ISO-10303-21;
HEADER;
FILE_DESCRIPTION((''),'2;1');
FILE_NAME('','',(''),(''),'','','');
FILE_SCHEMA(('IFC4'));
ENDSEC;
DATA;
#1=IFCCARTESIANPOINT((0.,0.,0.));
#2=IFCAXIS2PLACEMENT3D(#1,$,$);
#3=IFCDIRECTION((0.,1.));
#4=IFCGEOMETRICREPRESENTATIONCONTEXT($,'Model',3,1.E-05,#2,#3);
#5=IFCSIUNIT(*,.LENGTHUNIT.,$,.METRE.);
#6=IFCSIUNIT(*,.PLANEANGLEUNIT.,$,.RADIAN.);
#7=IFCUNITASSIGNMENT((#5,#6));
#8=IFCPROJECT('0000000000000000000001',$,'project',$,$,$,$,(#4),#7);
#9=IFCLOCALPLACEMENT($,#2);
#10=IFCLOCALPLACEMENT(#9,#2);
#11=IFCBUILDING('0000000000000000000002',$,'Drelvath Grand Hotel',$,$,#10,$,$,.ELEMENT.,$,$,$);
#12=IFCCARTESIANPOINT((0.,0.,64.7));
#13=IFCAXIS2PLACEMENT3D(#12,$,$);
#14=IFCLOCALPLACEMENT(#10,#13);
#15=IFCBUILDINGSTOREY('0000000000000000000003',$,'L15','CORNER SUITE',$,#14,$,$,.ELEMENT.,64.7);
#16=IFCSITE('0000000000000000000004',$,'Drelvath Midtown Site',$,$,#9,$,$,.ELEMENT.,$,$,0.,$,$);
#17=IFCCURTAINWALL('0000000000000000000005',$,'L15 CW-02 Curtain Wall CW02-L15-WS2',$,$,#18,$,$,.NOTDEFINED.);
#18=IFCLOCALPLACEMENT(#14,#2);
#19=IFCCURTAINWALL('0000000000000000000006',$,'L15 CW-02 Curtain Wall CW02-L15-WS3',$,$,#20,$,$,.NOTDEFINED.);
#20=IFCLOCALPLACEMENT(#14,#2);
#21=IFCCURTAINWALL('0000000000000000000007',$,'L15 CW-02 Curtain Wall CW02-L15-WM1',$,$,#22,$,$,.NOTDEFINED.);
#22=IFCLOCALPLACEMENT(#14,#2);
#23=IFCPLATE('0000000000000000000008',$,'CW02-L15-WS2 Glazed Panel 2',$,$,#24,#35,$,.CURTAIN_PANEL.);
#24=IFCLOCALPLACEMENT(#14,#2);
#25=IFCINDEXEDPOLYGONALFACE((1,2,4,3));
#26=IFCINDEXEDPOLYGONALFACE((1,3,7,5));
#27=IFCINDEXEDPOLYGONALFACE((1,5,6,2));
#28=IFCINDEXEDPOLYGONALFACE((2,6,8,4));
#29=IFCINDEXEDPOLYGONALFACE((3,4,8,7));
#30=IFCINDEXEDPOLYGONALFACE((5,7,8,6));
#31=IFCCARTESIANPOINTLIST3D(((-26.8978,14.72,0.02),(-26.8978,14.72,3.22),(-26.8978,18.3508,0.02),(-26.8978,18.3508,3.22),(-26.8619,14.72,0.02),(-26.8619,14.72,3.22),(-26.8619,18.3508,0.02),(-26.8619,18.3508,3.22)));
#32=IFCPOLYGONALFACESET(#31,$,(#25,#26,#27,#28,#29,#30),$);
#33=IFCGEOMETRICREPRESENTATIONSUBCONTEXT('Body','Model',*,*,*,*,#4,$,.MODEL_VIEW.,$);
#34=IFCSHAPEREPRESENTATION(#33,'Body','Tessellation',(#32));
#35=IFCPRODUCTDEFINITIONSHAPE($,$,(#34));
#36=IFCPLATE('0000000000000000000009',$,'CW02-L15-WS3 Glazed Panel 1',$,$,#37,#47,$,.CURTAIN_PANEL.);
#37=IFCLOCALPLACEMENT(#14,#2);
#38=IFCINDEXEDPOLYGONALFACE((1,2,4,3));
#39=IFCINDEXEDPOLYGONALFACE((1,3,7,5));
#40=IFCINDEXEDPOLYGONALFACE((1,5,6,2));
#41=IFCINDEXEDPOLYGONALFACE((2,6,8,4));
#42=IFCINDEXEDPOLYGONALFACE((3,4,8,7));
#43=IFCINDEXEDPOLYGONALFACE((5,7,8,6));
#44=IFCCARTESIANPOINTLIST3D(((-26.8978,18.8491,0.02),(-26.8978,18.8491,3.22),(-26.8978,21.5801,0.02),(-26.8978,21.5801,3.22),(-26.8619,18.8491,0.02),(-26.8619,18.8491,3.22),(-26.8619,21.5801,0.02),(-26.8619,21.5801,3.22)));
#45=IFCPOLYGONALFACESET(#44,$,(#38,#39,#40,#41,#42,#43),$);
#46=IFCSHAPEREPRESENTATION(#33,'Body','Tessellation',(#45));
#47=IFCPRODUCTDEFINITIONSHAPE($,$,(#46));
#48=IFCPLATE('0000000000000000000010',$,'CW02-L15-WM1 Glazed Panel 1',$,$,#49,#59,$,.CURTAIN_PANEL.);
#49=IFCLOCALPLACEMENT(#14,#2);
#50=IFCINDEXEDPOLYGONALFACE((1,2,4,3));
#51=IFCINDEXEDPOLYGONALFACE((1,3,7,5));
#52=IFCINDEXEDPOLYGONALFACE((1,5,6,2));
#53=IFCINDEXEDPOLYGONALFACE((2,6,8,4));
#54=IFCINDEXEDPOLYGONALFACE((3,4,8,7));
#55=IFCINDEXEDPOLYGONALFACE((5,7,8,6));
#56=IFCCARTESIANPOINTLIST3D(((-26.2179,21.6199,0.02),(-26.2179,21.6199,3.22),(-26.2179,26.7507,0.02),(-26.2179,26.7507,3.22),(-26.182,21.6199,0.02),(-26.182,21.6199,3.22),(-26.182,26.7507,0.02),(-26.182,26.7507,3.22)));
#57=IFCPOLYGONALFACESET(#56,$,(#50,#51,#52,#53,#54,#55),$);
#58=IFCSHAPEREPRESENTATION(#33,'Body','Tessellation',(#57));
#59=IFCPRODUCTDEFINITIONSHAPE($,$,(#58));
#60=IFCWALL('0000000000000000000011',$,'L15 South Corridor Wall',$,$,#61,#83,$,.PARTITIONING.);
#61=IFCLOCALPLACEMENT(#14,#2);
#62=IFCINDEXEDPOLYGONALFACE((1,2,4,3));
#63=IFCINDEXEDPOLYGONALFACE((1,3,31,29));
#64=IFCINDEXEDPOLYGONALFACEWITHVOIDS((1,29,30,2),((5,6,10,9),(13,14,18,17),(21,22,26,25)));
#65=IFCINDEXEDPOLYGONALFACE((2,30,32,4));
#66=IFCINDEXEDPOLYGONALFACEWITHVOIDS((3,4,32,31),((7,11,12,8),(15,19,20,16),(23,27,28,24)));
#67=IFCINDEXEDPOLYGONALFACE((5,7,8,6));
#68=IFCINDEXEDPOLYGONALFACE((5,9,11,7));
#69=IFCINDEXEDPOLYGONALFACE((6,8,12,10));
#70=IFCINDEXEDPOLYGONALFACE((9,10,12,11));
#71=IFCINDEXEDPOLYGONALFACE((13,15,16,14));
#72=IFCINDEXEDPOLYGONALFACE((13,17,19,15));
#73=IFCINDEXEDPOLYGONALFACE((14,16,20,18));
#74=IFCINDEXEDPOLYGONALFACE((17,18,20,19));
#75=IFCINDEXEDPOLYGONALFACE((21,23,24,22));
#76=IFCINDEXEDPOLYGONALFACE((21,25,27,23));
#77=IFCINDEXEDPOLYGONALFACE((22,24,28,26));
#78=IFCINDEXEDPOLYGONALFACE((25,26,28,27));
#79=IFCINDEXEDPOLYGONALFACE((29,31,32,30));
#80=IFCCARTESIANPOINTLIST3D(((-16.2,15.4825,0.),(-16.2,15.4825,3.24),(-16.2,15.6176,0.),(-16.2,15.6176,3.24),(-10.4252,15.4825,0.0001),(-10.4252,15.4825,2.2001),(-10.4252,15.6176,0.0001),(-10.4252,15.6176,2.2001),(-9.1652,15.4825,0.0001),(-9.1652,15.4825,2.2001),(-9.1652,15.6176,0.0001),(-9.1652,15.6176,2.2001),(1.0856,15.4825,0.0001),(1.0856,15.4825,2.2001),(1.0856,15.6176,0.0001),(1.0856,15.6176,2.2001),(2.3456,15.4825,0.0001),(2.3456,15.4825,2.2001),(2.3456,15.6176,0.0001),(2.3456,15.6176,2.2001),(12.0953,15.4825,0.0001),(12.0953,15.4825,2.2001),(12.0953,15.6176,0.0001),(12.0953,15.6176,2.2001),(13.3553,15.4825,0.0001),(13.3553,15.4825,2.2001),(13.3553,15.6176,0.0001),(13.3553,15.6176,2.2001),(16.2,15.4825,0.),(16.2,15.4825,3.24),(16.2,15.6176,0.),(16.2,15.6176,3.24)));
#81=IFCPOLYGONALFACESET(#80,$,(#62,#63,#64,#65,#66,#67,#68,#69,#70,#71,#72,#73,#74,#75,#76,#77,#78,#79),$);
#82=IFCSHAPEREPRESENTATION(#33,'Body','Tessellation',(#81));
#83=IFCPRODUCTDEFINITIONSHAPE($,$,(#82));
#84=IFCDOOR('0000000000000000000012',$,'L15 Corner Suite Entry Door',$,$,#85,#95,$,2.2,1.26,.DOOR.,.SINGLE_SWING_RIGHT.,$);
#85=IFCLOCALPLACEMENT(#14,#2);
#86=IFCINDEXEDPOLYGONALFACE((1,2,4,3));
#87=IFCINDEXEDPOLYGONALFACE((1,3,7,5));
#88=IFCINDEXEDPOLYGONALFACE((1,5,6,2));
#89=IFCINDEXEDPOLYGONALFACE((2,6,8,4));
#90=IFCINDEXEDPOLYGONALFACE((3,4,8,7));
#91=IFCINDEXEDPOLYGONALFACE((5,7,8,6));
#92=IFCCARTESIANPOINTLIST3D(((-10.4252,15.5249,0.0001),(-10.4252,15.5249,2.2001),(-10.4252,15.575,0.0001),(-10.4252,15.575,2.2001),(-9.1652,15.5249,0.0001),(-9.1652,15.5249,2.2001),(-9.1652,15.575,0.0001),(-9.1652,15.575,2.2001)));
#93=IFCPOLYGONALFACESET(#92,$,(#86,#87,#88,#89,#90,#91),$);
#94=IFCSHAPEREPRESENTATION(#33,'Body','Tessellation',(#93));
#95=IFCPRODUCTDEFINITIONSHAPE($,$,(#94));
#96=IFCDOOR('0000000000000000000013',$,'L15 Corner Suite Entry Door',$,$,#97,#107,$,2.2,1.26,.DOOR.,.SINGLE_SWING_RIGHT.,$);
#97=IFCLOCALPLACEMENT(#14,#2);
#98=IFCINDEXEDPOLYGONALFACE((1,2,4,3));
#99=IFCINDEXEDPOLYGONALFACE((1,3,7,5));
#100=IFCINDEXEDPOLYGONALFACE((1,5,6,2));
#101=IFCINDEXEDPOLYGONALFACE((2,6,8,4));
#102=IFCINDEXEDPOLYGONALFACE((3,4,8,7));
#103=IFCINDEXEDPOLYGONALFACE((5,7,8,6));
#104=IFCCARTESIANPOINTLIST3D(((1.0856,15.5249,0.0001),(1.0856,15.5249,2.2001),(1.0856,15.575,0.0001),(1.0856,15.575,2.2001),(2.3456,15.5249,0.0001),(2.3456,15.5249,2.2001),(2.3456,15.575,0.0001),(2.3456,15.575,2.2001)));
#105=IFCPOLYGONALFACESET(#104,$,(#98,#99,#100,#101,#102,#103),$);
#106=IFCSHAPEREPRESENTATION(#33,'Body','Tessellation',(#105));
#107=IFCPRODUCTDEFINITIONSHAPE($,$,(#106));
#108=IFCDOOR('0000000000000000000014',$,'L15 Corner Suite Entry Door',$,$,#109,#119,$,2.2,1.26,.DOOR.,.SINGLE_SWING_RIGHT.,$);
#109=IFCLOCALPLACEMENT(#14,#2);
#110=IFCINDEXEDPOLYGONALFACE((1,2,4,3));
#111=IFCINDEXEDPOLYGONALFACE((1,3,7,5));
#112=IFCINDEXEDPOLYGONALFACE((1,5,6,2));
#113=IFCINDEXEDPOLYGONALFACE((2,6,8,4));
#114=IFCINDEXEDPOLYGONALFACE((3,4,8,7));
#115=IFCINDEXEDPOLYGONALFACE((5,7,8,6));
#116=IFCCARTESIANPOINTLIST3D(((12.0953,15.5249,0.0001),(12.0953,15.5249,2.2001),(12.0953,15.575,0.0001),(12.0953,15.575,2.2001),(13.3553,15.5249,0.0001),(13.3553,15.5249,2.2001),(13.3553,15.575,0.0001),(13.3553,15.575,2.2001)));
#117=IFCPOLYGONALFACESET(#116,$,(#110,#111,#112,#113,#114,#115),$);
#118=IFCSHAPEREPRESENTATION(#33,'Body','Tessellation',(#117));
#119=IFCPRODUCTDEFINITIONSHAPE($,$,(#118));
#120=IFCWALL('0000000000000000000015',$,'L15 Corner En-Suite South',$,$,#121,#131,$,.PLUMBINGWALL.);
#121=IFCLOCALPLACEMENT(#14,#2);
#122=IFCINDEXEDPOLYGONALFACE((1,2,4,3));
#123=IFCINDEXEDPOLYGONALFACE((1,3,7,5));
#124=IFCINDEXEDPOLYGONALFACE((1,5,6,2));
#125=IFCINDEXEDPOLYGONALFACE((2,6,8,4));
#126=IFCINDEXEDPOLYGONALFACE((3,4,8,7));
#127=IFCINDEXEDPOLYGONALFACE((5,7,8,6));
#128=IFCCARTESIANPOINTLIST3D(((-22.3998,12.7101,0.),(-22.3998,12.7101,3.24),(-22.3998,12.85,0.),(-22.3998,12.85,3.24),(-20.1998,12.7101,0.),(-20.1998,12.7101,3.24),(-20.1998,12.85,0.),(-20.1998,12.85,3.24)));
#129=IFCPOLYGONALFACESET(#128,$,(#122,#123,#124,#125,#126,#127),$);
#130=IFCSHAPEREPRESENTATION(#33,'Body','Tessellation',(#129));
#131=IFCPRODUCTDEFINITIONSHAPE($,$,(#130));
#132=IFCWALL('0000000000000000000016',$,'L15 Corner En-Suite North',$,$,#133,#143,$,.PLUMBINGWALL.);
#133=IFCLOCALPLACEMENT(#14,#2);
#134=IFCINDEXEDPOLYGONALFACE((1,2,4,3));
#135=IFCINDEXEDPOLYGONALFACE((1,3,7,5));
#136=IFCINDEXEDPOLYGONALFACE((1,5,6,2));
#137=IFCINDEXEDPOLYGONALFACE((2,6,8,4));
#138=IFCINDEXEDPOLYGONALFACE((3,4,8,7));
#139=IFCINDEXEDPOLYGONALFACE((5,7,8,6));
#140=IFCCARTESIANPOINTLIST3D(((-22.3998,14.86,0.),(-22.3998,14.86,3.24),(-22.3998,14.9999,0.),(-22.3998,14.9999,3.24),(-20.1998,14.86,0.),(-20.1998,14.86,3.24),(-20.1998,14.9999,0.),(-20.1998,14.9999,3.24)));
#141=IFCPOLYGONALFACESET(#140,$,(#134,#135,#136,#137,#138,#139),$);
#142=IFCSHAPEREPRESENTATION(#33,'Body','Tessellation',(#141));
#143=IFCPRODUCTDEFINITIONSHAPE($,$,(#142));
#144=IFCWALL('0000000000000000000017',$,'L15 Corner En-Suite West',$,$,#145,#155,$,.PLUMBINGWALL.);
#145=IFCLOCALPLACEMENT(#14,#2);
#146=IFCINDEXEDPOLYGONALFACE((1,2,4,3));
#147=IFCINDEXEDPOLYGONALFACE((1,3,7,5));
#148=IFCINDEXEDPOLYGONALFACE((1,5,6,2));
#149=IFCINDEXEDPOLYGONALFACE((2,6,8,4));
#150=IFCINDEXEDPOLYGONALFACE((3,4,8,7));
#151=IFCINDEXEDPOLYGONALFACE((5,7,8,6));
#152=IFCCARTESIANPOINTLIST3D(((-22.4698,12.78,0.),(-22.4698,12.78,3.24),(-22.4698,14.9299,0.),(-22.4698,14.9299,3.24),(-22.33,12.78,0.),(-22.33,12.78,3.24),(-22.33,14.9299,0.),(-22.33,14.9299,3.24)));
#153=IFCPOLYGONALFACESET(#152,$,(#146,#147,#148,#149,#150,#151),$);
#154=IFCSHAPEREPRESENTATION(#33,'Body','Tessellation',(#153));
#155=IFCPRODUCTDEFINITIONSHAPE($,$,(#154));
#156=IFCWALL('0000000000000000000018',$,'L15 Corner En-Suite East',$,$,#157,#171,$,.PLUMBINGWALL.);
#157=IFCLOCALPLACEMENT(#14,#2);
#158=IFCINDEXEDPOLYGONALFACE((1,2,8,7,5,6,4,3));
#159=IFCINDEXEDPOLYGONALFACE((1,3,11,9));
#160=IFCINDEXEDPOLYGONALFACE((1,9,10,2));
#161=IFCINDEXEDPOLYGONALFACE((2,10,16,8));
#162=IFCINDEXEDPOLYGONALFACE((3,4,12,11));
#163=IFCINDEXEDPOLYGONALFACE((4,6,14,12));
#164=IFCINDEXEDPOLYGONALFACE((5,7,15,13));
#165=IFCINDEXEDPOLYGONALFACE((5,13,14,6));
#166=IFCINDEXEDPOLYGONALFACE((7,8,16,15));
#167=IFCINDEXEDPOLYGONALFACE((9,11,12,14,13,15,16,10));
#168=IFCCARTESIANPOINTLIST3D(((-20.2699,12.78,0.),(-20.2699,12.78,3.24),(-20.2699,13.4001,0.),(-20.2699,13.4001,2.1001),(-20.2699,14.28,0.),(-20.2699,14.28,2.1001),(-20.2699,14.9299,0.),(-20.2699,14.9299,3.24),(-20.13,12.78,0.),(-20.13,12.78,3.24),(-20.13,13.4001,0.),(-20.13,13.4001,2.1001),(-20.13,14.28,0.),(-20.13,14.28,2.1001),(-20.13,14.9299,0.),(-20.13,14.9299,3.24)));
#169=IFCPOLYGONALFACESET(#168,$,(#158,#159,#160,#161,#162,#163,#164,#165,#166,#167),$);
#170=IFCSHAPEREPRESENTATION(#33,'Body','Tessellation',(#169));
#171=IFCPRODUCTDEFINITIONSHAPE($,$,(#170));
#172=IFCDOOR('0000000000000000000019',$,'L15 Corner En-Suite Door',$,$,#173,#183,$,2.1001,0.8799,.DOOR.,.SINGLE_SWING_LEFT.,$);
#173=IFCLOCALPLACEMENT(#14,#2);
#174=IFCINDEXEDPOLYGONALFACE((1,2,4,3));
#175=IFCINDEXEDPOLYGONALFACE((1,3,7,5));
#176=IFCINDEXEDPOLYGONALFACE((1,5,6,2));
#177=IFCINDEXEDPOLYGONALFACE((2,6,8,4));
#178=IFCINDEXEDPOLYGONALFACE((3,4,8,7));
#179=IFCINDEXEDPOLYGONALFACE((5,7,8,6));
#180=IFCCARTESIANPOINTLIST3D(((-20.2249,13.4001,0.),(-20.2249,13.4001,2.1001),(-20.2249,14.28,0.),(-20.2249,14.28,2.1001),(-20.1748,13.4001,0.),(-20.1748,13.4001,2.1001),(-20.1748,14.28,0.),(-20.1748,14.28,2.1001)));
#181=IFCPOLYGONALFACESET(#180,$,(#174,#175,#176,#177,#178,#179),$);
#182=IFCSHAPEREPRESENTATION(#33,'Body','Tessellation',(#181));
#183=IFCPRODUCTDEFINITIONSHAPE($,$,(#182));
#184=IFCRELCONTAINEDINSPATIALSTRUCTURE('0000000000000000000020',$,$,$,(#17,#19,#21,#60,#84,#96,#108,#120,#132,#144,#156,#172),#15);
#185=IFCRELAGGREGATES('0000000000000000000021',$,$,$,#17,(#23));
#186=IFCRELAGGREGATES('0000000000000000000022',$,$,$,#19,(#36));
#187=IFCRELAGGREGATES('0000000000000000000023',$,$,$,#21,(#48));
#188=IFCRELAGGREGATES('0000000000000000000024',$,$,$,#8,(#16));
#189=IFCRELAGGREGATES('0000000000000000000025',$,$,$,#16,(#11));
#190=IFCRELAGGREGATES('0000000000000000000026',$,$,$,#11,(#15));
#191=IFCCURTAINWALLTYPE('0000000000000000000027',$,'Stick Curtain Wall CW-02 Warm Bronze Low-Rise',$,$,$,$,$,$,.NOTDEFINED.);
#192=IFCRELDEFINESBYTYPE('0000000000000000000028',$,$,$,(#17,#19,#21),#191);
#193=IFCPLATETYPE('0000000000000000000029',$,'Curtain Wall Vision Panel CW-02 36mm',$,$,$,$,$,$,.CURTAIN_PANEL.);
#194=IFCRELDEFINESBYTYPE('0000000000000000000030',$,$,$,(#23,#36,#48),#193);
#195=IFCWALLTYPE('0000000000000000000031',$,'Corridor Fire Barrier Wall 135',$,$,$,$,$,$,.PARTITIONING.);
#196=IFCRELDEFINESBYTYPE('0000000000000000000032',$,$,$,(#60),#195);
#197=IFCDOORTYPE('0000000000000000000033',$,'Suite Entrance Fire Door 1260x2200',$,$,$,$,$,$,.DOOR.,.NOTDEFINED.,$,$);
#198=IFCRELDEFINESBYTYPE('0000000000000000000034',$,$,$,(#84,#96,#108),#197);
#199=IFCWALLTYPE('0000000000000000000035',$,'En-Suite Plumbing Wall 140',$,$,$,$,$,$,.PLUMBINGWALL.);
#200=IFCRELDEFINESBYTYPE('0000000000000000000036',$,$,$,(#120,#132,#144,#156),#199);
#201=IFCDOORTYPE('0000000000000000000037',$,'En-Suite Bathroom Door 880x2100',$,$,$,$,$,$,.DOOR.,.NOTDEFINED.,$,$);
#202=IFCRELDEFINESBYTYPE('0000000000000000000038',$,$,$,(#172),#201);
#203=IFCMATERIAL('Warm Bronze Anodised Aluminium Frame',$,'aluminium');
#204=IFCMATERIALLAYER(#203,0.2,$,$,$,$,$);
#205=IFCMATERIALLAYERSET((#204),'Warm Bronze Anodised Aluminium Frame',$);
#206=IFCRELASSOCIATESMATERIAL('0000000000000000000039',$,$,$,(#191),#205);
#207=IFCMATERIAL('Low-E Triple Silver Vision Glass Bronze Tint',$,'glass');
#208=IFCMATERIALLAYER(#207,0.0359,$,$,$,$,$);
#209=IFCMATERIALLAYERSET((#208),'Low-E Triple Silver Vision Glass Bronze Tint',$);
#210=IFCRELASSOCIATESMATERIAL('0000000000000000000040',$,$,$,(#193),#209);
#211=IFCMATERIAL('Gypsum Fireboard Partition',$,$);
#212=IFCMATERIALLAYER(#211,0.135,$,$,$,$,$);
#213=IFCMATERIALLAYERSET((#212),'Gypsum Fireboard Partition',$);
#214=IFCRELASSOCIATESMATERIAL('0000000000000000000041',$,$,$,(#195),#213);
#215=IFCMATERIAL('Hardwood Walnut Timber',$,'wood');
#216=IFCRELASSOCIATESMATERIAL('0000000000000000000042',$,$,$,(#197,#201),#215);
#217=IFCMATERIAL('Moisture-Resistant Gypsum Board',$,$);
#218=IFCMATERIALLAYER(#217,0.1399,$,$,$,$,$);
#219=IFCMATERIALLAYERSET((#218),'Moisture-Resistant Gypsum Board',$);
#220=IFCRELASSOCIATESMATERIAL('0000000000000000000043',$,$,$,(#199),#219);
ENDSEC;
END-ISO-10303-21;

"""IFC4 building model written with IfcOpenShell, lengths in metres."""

from ifc_helpers import new_model, si_unit, direction, frame, frame_2d, origin, origin_2d, place, context, subcontext, project, spatial, rectangle, extrude, material, layer, layer_set, type_object, element, fill, aggregate, save


model = new_model("IFC4")

# Units and contexts
model_context = context("Model", 3, precision=1e-05, world=origin(), true_north=direction((0.0, 1.0)))
body_context = subcontext(model_context, "Body", "Model", "MODEL_VIEW")
ifc_project = project(units=[si_unit("LENGTHUNIT", "METRE"), si_unit("PLANEANGLEUNIT", "RADIAN")], contexts=[model_context])

# Site, building, storey
site_placement = place(None, origin())
site = spatial("IfcSite", under=ifc_project, at=site_placement, Name="Drelvath Midtown Site", CompositionType="ELEMENT", RefElevation=0.0)
building_placement = place(site_placement, origin())
building = spatial("IfcBuilding", under=site, at=building_placement, Name="Drelvath Grand Hotel", CompositionType="ELEMENT")
storey_placement = place(building_placement, frame((0.0, 0.0, 64.7)))
storey = spatial("IfcBuildingStorey", under=building, at=storey_placement, Name="L15", Description="CORNER SUITE", CompositionType="ELEMENT", Elevation=64.7)

# Curtain walls
ifc_material_1 = material(Name="Warm Bronze Anodised Aluminium Frame", Category="aluminium")
ifc_layer_1 = layer(ifc_material_1, 0.2)
ifc_layer_set_1 = layer_set([ifc_layer_1], Name="Warm Bronze Anodised Aluminium Frame")
curtain_wall_type = type_object("IfcCurtainWallType", Name="Stick Curtain Wall CW-02 Warm Bronze Low-Rise", PredefinedType="NOTDEFINED", material=ifc_layer_set_1)
curtain_wall_1_placement = place(storey_placement, origin())
curtain_wall_1 = element("IfcCurtainWall", 1, at=curtain_wall_1_placement, inside=storey, type_object=curtain_wall_type, Name="L15 CW-02 Curtain Wall CW02-L15-WS2", PredefinedType="NOTDEFINED")
curtain_wall_2_placement = place(storey_placement, origin())
curtain_wall_2 = element("IfcCurtainWall", 2, at=curtain_wall_2_placement, inside=storey, type_object=curtain_wall_type, Name="L15 CW-02 Curtain Wall CW02-L15-WS3", PredefinedType="NOTDEFINED")
curtain_wall_3_placement = place(storey_placement, origin())
curtain_wall_3 = element("IfcCurtainWall", 3, at=curtain_wall_3_placement, inside=storey, type_object=curtain_wall_type, Name="L15 CW-02 Curtain Wall CW02-L15-WM1", PredefinedType="NOTDEFINED")

# Plates
ifc_material_2 = material(Name="Low-E Triple Silver Vision Glass Bronze Tint", Category="glass")
ifc_layer_2 = layer(ifc_material_2, 0.0359)
ifc_layer_set_2 = layer_set([ifc_layer_2], Name="Low-E Triple Silver Vision Glass Bronze Tint")
plate_type = type_object("IfcPlateType", Name="Curtain Wall Vision Panel CW-02 36mm", PredefinedType="CURTAIN_PANEL", material=ifc_layer_set_2)
plate_1_placement = place(storey_placement, frame((-26.8799, 16.5354, 0.02), z_axis=(0.0, 0.0, 1.0), x_axis=(0.0, 1.0, 0.0)))
plate_1 = element("IfcPlate", 4, at=plate_1_placement, type_object=plate_type, Name="CW02-L15-WS2 Glazed Panel 2", PredefinedType="CURTAIN_PANEL", context=body_context, shape_type="SweptSolid", body=[
    extrude(rectangle(XDim=3.6309, YDim=0.0359, at=origin_2d()), origin(), (0.0, 0.0, 1.0), 3.2),
])
aggregate(curtain_wall_1, [plate_1])
plate_2_placement = place(storey_placement, frame((-26.8799, 20.2146, 0.02), z_axis=(0.0, 0.0, 1.0), x_axis=(0.0, 1.0, 0.0)))
plate_2 = element("IfcPlate", 5, at=plate_2_placement, type_object=plate_type, Name="CW02-L15-WS3 Glazed Panel 1", PredefinedType="CURTAIN_PANEL", context=body_context, shape_type="SweptSolid", body=[
    extrude(rectangle(XDim=2.731, YDim=0.0359, at=origin_2d()), origin(), (0.0, 0.0, 1.0), 3.2),
])
aggregate(curtain_wall_2, [plate_2])
plate_3_placement = place(storey_placement, frame((-26.2, 24.1853, 0.02), z_axis=(0.0, 0.0, 1.0), x_axis=(0.0, 1.0, 0.0)))
plate_3 = element("IfcPlate", 6, at=plate_3_placement, type_object=plate_type, Name="CW02-L15-WM1 Glazed Panel 1", PredefinedType="CURTAIN_PANEL", context=body_context, shape_type="SweptSolid", body=[
    extrude(rectangle(XDim=5.1309, YDim=0.0359, at=origin_2d()), origin(), (0.0, 0.0, 1.0), 3.2),
])
aggregate(curtain_wall_3, [plate_3])

# Wall, openings, doors
ifc_material_3 = material(Name="Gypsum Fireboard Partition")
ifc_layer_3 = layer(ifc_material_3, 0.135)
ifc_layer_set_3 = layer_set([ifc_layer_3], Name="Gypsum Fireboard Partition")
wall_type_1 = type_object("IfcWallType", Name="Corridor Fire Barrier Wall 135", PredefinedType="PARTITIONING", material=ifc_layer_set_3)
wall_1_placement = place(storey_placement, frame((-16.2, 15.55, 0.0), z_axis=(0.0, 0.0, 1.0), x_axis=(1.0, 0.0, 0.0)))
wall_1 = element("IfcWall", 7, at=wall_1_placement, inside=storey, type_object=wall_type_1, Name="L15 South Corridor Wall", PredefinedType="PARTITIONING", context=body_context, shape_type="SweptSolid", body=[
    extrude(rectangle(XDim=32.3999, YDim=0.135, at=frame_2d((16.2, 0.0))), origin(), (0.0, 0.0, 1.0), 3.24),
])
opening_1_placement = place(wall_1_placement, frame((5.7749, 0.0, 0.0)))
opening_1 = element("IfcOpeningElement", 8, at=opening_1_placement, cuts=wall_1, PredefinedType="OPENING", context=body_context, shape_type="SweptSolid", body=[
    extrude(rectangle(XDim=1.26, YDim=2.2, at=frame_2d((0.6299, 1.1001))), frame((0.0, 0.0774, 0.0), z_axis=(0.0, -1.0, 0.0), x_axis=(1.0, 0.0, 0.0)), (0.0, 0.0, 1.0), 0.155),
])
opening_2_placement = place(wall_1_placement, frame((17.2856, 0.0, 0.0)))
opening_2 = element("IfcOpeningElement", 9, at=opening_2_placement, cuts=wall_1, PredefinedType="OPENING", context=body_context, shape_type="SweptSolid", body=[
    extrude(rectangle(XDim=1.26, YDim=2.2, at=frame_2d((0.6299, 1.1001))), frame((0.0, 0.0774, 0.0), z_axis=(0.0, -1.0, 0.0), x_axis=(1.0, 0.0, 0.0)), (0.0, 0.0, 1.0), 0.155),
])
opening_3_placement = place(wall_1_placement, frame((28.2954, 0.0, 0.0)))
opening_3 = element("IfcOpeningElement", 10, at=opening_3_placement, cuts=wall_1, PredefinedType="OPENING", context=body_context, shape_type="SweptSolid", body=[
    extrude(rectangle(XDim=1.26, YDim=2.2, at=frame_2d((0.6299, 1.1001))), frame((0.0, 0.0774, 0.0), z_axis=(0.0, -1.0, 0.0), x_axis=(1.0, 0.0, 0.0)), (0.0, 0.0, 1.0), 0.155),
])
ifc_material_4 = material(Name="Hardwood Walnut Timber", Category="wood")
door_type_1 = type_object("IfcDoorType", Name="Suite Entrance Fire Door 1260x2200", OperationType="NOTDEFINED", PredefinedType="DOOR", material=ifc_material_4)
door_1_placement = place(opening_1_placement, origin())
door_1 = element("IfcDoor", 11, at=door_1_placement, inside=storey, type_object=door_type_1, Name="L15 Corner Suite Entry Door", OperationType="SINGLE_SWING_RIGHT", OverallHeight=2.2, OverallWidth=1.26, PredefinedType="DOOR", context=body_context, shape_type="SweptSolid", body=[
    extrude(rectangle(XDim=1.26, YDim=2.2, at=frame_2d((0.6299, 1.1001))), frame((0.0, 0.0249, 0.0), z_axis=(0.0, -1.0, 0.0), x_axis=(1.0, 0.0, 0.0)), (0.0, 0.0, 1.0), 0.05),
])
fill(opening_1, door_1)
door_2_placement = place(opening_2_placement, origin())
door_2 = element("IfcDoor", 12, at=door_2_placement, inside=storey, type_object=door_type_1, Name="L15 Corner Suite Entry Door", OperationType="SINGLE_SWING_RIGHT", OverallHeight=2.2, OverallWidth=1.26, PredefinedType="DOOR", context=body_context, shape_type="SweptSolid", body=[
    extrude(rectangle(XDim=1.26, YDim=2.2, at=frame_2d((0.6299, 1.1001))), frame((0.0, 0.0249, 0.0), z_axis=(0.0, -1.0, 0.0), x_axis=(1.0, 0.0, 0.0)), (0.0, 0.0, 1.0), 0.05),
])
fill(opening_2, door_2)
door_3_placement = place(opening_3_placement, origin())
door_3 = element("IfcDoor", 13, at=door_3_placement, inside=storey, type_object=door_type_1, Name="L15 Corner Suite Entry Door", OperationType="SINGLE_SWING_RIGHT", OverallHeight=2.2, OverallWidth=1.26, PredefinedType="DOOR", context=body_context, shape_type="SweptSolid", body=[
    extrude(rectangle(XDim=1.26, YDim=2.2, at=frame_2d((0.6299, 1.1001))), frame((0.0, 0.0249, 0.0), z_axis=(0.0, -1.0, 0.0), x_axis=(1.0, 0.0, 0.0)), (0.0, 0.0, 1.0), 0.05),
])
fill(opening_3, door_3)

# Walls
ifc_material_5 = material(Name="Moisture-Resistant Gypsum Board")
ifc_layer_4 = layer(ifc_material_5, 0.1399)
ifc_layer_set_4 = layer_set([ifc_layer_4], Name="Moisture-Resistant Gypsum Board")
wall_type_2 = type_object("IfcWallType", Name="En-Suite Plumbing Wall 140", PredefinedType="PLUMBINGWALL", material=ifc_layer_set_4)
for number, where, z_axis, x_axis, name in (
    (14, (-22.3999, 12.78, 0.0), (0.0, 0.0, 1.0), (1.0, 0.0, 0.0), "L15 Corner En-Suite South"),
    (15, (-22.3999, 14.9299, 0.0), (0.0, 0.0, 1.0), (1.0, 0.0, 0.0), "L15 Corner En-Suite North"),
):
    element("IfcWall", number, at=place(storey_placement, frame(where, z_axis=z_axis, x_axis=x_axis)), inside=storey, type_object=wall_type_2, Name=name, PredefinedType="PLUMBINGWALL", context=body_context, shape_type="SweptSolid", body=[
        extrude(rectangle(XDim=2.2, YDim=0.1399, at=frame_2d((1.1001, 0.0))), origin(), (0.0, 0.0, 1.0), 3.24),
    ])
wall_2_placement = place(storey_placement, frame((-22.3999, 12.78, 0.0), z_axis=(0.0, 0.0, 1.0), x_axis=(0.0, 1.0, 0.0)))
element("IfcWall", 16, at=wall_2_placement, inside=storey, type_object=wall_type_2, Name="L15 Corner En-Suite West", PredefinedType="PLUMBINGWALL", context=body_context, shape_type="SweptSolid", body=[
    extrude(rectangle(XDim=2.1499, YDim=0.1399, at=frame_2d((1.075, 0.0))), origin(), (0.0, 0.0, 1.0), 3.24),
])

# Wall, opening, door
wall_3_placement = place(storey_placement, frame((-20.2, 12.78, 0.0), z_axis=(0.0, 0.0, 1.0), x_axis=(0.0, 1.0, 0.0)))
wall_3 = element("IfcWall", 17, at=wall_3_placement, inside=storey, type_object=wall_type_2, Name="L15 Corner En-Suite East", PredefinedType="PLUMBINGWALL", context=body_context, shape_type="SweptSolid", body=[
    extrude(rectangle(XDim=2.1499, YDim=0.1399, at=frame_2d((1.075, 0.0))), origin(), (0.0, 0.0, 1.0), 3.24),
])
opening_4_placement = place(wall_3_placement, frame((0.6201, 0.0, 0.0)))
opening_4 = element("IfcOpeningElement", 18, at=opening_4_placement, cuts=wall_3, PredefinedType="OPENING", context=body_context, shape_type="SweptSolid", body=[
    extrude(rectangle(XDim=0.8799, YDim=2.1001, at=frame_2d((0.4399, 1.05))), frame((0.0, 0.0798, 0.0), z_axis=(0.0, -1.0, 0.0), x_axis=(1.0, 0.0, 0.0)), (0.0, 0.0, 1.0), 0.1599),
])
door_type_2 = type_object("IfcDoorType", Name="En-Suite Bathroom Door 880x2100", OperationType="NOTDEFINED", PredefinedType="DOOR", material=ifc_material_4)
door_4_placement = place(opening_4_placement, origin())
door_4 = element("IfcDoor", 19, at=door_4_placement, inside=storey, type_object=door_type_2, Name="L15 Corner En-Suite Door", OperationType="SINGLE_SWING_LEFT", OverallHeight=2.1001, OverallWidth=0.8799, PredefinedType="DOOR", context=body_context, shape_type="SweptSolid", body=[
    extrude(rectangle(XDim=0.8799, YDim=2.1001, at=frame_2d((0.4399, 1.05))), frame((0.0, 0.0249, 0.0), z_axis=(0.0, -1.0, 0.0), x_axis=(1.0, 0.0, 0.0)), (0.0, 0.0, 1.0), 0.05),
])
fill(opening_4, door_4)

save(model, "model.ifc")
